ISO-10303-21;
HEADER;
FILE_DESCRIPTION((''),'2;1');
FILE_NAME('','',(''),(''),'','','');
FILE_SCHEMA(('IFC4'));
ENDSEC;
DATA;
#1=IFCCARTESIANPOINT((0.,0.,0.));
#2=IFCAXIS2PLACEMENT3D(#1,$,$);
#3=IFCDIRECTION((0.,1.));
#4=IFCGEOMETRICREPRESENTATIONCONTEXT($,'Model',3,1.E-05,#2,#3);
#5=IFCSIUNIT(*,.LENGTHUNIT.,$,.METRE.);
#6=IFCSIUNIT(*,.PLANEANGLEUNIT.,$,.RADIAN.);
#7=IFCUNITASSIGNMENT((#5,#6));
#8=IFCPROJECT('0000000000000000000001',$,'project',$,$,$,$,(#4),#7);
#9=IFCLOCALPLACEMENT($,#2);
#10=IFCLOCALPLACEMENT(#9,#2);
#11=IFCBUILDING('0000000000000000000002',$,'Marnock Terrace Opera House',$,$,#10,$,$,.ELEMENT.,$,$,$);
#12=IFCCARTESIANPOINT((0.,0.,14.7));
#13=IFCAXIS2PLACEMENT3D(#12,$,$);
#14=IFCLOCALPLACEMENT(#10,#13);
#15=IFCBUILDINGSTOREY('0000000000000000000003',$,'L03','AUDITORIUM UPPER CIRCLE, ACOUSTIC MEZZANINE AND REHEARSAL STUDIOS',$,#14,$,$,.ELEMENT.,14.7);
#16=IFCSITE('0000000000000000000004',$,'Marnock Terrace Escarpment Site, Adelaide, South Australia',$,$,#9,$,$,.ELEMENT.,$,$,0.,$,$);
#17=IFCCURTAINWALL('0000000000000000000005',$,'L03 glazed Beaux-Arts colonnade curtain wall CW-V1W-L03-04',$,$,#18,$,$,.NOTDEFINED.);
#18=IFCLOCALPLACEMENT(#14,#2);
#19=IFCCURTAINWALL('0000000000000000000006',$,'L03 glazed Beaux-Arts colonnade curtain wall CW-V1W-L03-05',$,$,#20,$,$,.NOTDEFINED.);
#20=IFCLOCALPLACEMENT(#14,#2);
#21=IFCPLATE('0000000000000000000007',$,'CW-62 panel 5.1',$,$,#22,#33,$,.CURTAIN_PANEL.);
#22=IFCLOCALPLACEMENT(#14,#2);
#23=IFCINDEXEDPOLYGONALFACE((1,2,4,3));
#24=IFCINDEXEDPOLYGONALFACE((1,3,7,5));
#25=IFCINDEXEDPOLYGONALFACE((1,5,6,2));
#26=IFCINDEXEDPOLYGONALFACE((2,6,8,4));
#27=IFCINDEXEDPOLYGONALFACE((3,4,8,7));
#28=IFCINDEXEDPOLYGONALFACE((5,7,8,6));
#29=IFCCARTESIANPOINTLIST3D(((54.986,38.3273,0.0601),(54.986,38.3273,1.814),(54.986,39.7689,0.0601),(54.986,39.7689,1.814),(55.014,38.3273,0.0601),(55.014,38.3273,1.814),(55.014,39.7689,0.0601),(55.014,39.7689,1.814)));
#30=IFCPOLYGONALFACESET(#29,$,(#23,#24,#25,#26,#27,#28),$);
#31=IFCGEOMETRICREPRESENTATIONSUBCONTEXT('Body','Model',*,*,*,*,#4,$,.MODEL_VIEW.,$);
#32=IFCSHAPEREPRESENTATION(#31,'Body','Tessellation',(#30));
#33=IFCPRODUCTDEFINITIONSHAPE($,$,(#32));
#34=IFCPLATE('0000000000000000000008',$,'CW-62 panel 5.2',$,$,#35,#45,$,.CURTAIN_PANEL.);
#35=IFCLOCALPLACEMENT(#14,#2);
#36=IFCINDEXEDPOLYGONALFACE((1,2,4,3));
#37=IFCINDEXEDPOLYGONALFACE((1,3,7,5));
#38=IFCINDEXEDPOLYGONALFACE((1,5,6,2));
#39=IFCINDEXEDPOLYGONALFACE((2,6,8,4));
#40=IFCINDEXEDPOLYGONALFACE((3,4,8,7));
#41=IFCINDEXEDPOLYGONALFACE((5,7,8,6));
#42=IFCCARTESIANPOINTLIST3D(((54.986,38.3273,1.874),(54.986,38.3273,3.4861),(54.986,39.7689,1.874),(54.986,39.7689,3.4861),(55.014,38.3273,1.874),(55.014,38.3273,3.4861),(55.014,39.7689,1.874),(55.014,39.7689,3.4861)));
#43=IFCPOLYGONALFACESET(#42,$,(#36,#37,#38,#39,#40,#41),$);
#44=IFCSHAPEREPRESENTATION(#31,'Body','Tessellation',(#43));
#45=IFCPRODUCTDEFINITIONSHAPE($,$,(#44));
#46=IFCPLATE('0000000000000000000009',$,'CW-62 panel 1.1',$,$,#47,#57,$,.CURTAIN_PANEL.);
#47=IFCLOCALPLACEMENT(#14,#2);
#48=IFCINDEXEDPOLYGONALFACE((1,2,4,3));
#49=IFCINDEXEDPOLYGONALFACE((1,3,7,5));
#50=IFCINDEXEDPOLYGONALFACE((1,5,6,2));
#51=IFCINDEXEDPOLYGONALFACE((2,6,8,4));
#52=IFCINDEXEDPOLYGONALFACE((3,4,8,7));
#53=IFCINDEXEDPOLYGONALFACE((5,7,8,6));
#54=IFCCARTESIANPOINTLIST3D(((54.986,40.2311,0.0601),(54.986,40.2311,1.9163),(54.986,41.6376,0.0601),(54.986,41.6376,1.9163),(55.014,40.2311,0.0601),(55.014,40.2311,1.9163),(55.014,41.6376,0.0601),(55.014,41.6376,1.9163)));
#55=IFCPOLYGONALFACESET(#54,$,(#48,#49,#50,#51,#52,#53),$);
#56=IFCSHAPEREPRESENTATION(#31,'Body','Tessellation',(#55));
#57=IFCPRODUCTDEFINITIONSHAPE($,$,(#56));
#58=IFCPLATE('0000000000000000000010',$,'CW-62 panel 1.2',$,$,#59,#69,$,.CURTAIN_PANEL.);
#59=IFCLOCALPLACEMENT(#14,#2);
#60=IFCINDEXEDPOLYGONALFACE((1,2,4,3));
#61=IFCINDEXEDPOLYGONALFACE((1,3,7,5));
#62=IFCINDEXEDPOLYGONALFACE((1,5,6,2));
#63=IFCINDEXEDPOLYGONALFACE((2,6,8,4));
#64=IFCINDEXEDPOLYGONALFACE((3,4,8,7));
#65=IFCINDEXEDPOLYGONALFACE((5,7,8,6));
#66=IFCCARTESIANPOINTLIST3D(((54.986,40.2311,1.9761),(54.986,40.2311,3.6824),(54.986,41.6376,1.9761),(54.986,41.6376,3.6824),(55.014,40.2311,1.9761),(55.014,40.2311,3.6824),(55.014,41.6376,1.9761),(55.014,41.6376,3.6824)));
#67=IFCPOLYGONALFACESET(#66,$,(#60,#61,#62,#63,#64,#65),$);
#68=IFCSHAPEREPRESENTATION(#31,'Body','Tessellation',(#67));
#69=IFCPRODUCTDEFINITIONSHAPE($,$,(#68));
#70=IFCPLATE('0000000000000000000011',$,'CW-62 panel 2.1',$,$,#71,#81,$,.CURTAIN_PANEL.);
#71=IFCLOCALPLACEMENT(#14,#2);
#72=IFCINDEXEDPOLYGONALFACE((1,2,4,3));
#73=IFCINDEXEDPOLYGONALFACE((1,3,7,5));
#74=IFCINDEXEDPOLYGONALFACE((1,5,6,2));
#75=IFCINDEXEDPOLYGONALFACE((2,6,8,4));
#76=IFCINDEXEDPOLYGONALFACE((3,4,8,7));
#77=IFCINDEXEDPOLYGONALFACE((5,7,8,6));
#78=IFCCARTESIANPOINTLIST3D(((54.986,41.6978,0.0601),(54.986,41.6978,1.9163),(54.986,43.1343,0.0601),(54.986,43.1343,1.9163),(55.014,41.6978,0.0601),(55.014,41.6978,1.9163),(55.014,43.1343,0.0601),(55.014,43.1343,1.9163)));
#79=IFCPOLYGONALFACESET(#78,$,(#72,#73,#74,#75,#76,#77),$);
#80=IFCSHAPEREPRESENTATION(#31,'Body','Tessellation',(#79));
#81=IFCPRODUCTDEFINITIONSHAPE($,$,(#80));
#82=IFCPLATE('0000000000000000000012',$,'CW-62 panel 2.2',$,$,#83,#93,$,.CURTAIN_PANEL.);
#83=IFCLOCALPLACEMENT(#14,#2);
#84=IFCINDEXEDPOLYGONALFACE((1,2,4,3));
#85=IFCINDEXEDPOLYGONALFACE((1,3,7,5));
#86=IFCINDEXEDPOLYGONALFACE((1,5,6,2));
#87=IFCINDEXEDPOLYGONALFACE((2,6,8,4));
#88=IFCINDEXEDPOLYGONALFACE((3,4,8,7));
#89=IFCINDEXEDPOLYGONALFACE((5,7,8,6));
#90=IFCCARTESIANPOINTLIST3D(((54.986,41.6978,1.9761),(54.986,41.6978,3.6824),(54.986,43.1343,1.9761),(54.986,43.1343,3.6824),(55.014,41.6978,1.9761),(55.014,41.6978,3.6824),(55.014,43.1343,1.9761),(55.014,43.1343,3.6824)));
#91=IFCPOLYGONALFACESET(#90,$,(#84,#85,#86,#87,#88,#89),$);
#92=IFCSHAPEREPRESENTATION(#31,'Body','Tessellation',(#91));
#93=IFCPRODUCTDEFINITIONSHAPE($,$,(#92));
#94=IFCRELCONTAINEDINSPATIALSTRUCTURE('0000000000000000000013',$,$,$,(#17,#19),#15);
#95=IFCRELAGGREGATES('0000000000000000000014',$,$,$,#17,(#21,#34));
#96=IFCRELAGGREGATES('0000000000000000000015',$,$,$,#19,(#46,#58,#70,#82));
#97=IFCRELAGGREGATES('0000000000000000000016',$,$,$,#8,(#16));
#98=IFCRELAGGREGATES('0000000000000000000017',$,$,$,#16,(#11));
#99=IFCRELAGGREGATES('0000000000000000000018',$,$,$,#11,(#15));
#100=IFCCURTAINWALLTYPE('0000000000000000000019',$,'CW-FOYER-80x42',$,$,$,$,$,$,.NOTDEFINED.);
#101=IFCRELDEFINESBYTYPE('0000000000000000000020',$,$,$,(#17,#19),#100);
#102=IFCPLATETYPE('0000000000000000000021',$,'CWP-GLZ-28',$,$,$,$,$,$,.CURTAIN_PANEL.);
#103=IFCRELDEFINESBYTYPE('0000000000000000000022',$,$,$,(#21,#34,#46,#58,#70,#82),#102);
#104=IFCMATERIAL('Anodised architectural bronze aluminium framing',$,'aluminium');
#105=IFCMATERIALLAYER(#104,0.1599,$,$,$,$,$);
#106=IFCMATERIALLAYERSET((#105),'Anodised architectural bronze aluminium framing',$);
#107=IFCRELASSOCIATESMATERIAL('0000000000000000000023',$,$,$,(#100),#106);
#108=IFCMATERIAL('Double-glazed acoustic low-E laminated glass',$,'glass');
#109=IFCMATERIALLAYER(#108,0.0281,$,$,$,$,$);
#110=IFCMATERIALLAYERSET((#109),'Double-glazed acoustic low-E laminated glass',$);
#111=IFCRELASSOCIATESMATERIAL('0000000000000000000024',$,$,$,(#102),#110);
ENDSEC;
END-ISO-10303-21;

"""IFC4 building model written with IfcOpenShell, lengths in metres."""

from ifc_helpers import new_model, si_unit, direction, frame, origin, origin_2d, place, context, subcontext, project, spatial, rectangle, extrude, material, layer, layer_set, type_object, element, aggregate, save


model = new_model("IFC4")

# Units and contexts
model_context = context("Model", 3, precision=1e-05, world=origin(), true_north=direction((0.0, 1.0)))
body_context = subcontext(model_context, "Body", "Model", "MODEL_VIEW")
ifc_project = project(units=[si_unit("LENGTHUNIT", "METRE"), si_unit("PLANEANGLEUNIT", "RADIAN")], contexts=[model_context])

# Site, building, storey
site_placement = place(None, origin())
site = spatial("IfcSite", under=ifc_project, at=site_placement, Name="Marnock Terrace Escarpment Site, Adelaide, South Australia", CompositionType="ELEMENT", RefElevation=0.0)
building_placement = place(site_placement, origin())
building = spatial("IfcBuilding", under=site, at=building_placement, Name="Marnock Terrace Opera House", CompositionType="ELEMENT")
storey_placement = place(building_placement, frame((0.0, 0.0, 14.7)))
storey = spatial("IfcBuildingStorey", under=building, at=storey_placement, Name="L03", Description="AUDITORIUM UPPER CIRCLE, ACOUSTIC MEZZANINE AND REHEARSAL STUDIOS", CompositionType="ELEMENT", Elevation=14.7)

# Curtain walls
ifc_material_1 = material(Name="Anodised architectural bronze aluminium framing", Category="aluminium")
ifc_layer_1 = layer(ifc_material_1, 0.1599)
ifc_layer_set_1 = layer_set([ifc_layer_1], Name="Anodised architectural bronze aluminium framing")
curtain_wall_type = type_object("IfcCurtainWallType", Name="CW-FOYER-80x42", PredefinedType="NOTDEFINED", material=ifc_layer_set_1)
curtain_wall_1_placement = place(storey_placement, origin())
curtain_wall_1 = element("IfcCurtainWall", 1, at=curtain_wall_1_placement, inside=storey, type_object=curtain_wall_type, Name="L03 glazed Beaux-Arts colonnade curtain wall CW-V1W-L03-04", PredefinedType="NOTDEFINED")
curtain_wall_2_placement = place(storey_placement, origin())
curtain_wall_2 = element("IfcCurtainWall", 2, at=curtain_wall_2_placement, inside=storey, type_object=curtain_wall_type, Name="L03 glazed Beaux-Arts colonnade curtain wall CW-V1W-L03-05", PredefinedType="NOTDEFINED")

# Plates
ifc_material_2 = material(Name="Double-glazed acoustic low-E laminated glass", Category="glass")
ifc_layer_2 = layer(ifc_material_2, 0.0281)
ifc_layer_set_2 = layer_set([ifc_layer_2], Name="Double-glazed acoustic low-E laminated glass")
plate_type = type_object("IfcPlateType", Name="CWP-GLZ-28", PredefinedType="CURTAIN_PANEL", material=ifc_layer_set_2)
plate_1_placement = place(storey_placement, frame((55.0, 39.0481, 0.0601), z_axis=(0.0, 0.0, 1.0), x_axis=(0.0, 1.0, 0.0)))
plate_1 = element("IfcPlate", 3, at=plate_1_placement, type_object=plate_type, Name="CW-62 panel 5.1", PredefinedType="CURTAIN_PANEL", context=body_context, shape_type="SweptSolid", body=[
    extrude(rectangle(XDim=1.4417, YDim=0.0281, at=origin_2d()), origin(), (0.0, 0.0, 1.0), 1.7539),
])
plate_2_placement = place(storey_placement, frame((55.0, 39.0481, 1.874), z_axis=(0.0, 0.0, 1.0), x_axis=(0.0, 1.0, 0.0)))
plate_2 = element("IfcPlate", 4, at=plate_2_placement, type_object=plate_type, Name="CW-62 panel 5.2", PredefinedType="CURTAIN_PANEL", context=body_context, shape_type="SweptSolid", body=[
    extrude(rectangle(XDim=1.4417, YDim=0.0281, at=origin_2d()), origin(), (0.0, 0.0, 1.0), 1.6121),
])
aggregate(curtain_wall_1, [plate_1, plate_2])
plate_3_placement = place(storey_placement, frame((55.0, 40.9343, 0.0601), z_axis=(0.0, 0.0, 1.0), x_axis=(0.0, 1.0, 0.0)))
plate_3 = element("IfcPlate", 5, at=plate_3_placement, type_object=plate_type, Name="CW-62 panel 1.1", PredefinedType="CURTAIN_PANEL", context=body_context, shape_type="SweptSolid", body=[
    extrude(rectangle(XDim=1.4065, YDim=0.0281, at=origin_2d()), origin(), (0.0, 0.0, 1.0), 1.8562),
])
plate_4_placement = place(storey_placement, frame((55.0, 40.9343, 1.9761), z_axis=(0.0, 0.0, 1.0), x_axis=(0.0, 1.0, 0.0)))
plate_4 = element("IfcPlate", 6, at=plate_4_placement, type_object=plate_type, Name="CW-62 panel 1.2", PredefinedType="CURTAIN_PANEL", context=body_context, shape_type="SweptSolid", body=[
    extrude(rectangle(XDim=1.4065, YDim=0.0281, at=origin_2d()), origin(), (0.0, 0.0, 1.0), 1.7063),
])
plate_5_placement = place(storey_placement, frame((55.0, 42.416, 0.0601), z_axis=(0.0, 0.0, 1.0), x_axis=(0.0, 1.0, 0.0)))
plate_5 = element("IfcPlate", 7, at=plate_5_placement, type_object=plate_type, Name="CW-62 panel 2.1", PredefinedType="CURTAIN_PANEL", context=body_context, shape_type="SweptSolid", body=[
    extrude(rectangle(XDim=1.4365, YDim=0.0281, at=origin_2d()), origin(), (0.0, 0.0, 1.0), 1.8562),
])
plate_6_placement = place(storey_placement, frame((55.0, 42.416, 1.9761), z_axis=(0.0, 0.0, 1.0), x_axis=(0.0, 1.0, 0.0)))
plate_6 = element("IfcPlate", 8, at=plate_6_placement, type_object=plate_type, Name="CW-62 panel 2.2", PredefinedType="CURTAIN_PANEL", context=body_context, shape_type="SweptSolid", body=[
    extrude(rectangle(XDim=1.4365, YDim=0.0281, at=origin_2d()), origin(), (0.0, 0.0, 1.0), 1.7063),
])
aggregate(curtain_wall_2, [plate_3, plate_4, plate_5, plate_6])

save(model, "model.ifc")
